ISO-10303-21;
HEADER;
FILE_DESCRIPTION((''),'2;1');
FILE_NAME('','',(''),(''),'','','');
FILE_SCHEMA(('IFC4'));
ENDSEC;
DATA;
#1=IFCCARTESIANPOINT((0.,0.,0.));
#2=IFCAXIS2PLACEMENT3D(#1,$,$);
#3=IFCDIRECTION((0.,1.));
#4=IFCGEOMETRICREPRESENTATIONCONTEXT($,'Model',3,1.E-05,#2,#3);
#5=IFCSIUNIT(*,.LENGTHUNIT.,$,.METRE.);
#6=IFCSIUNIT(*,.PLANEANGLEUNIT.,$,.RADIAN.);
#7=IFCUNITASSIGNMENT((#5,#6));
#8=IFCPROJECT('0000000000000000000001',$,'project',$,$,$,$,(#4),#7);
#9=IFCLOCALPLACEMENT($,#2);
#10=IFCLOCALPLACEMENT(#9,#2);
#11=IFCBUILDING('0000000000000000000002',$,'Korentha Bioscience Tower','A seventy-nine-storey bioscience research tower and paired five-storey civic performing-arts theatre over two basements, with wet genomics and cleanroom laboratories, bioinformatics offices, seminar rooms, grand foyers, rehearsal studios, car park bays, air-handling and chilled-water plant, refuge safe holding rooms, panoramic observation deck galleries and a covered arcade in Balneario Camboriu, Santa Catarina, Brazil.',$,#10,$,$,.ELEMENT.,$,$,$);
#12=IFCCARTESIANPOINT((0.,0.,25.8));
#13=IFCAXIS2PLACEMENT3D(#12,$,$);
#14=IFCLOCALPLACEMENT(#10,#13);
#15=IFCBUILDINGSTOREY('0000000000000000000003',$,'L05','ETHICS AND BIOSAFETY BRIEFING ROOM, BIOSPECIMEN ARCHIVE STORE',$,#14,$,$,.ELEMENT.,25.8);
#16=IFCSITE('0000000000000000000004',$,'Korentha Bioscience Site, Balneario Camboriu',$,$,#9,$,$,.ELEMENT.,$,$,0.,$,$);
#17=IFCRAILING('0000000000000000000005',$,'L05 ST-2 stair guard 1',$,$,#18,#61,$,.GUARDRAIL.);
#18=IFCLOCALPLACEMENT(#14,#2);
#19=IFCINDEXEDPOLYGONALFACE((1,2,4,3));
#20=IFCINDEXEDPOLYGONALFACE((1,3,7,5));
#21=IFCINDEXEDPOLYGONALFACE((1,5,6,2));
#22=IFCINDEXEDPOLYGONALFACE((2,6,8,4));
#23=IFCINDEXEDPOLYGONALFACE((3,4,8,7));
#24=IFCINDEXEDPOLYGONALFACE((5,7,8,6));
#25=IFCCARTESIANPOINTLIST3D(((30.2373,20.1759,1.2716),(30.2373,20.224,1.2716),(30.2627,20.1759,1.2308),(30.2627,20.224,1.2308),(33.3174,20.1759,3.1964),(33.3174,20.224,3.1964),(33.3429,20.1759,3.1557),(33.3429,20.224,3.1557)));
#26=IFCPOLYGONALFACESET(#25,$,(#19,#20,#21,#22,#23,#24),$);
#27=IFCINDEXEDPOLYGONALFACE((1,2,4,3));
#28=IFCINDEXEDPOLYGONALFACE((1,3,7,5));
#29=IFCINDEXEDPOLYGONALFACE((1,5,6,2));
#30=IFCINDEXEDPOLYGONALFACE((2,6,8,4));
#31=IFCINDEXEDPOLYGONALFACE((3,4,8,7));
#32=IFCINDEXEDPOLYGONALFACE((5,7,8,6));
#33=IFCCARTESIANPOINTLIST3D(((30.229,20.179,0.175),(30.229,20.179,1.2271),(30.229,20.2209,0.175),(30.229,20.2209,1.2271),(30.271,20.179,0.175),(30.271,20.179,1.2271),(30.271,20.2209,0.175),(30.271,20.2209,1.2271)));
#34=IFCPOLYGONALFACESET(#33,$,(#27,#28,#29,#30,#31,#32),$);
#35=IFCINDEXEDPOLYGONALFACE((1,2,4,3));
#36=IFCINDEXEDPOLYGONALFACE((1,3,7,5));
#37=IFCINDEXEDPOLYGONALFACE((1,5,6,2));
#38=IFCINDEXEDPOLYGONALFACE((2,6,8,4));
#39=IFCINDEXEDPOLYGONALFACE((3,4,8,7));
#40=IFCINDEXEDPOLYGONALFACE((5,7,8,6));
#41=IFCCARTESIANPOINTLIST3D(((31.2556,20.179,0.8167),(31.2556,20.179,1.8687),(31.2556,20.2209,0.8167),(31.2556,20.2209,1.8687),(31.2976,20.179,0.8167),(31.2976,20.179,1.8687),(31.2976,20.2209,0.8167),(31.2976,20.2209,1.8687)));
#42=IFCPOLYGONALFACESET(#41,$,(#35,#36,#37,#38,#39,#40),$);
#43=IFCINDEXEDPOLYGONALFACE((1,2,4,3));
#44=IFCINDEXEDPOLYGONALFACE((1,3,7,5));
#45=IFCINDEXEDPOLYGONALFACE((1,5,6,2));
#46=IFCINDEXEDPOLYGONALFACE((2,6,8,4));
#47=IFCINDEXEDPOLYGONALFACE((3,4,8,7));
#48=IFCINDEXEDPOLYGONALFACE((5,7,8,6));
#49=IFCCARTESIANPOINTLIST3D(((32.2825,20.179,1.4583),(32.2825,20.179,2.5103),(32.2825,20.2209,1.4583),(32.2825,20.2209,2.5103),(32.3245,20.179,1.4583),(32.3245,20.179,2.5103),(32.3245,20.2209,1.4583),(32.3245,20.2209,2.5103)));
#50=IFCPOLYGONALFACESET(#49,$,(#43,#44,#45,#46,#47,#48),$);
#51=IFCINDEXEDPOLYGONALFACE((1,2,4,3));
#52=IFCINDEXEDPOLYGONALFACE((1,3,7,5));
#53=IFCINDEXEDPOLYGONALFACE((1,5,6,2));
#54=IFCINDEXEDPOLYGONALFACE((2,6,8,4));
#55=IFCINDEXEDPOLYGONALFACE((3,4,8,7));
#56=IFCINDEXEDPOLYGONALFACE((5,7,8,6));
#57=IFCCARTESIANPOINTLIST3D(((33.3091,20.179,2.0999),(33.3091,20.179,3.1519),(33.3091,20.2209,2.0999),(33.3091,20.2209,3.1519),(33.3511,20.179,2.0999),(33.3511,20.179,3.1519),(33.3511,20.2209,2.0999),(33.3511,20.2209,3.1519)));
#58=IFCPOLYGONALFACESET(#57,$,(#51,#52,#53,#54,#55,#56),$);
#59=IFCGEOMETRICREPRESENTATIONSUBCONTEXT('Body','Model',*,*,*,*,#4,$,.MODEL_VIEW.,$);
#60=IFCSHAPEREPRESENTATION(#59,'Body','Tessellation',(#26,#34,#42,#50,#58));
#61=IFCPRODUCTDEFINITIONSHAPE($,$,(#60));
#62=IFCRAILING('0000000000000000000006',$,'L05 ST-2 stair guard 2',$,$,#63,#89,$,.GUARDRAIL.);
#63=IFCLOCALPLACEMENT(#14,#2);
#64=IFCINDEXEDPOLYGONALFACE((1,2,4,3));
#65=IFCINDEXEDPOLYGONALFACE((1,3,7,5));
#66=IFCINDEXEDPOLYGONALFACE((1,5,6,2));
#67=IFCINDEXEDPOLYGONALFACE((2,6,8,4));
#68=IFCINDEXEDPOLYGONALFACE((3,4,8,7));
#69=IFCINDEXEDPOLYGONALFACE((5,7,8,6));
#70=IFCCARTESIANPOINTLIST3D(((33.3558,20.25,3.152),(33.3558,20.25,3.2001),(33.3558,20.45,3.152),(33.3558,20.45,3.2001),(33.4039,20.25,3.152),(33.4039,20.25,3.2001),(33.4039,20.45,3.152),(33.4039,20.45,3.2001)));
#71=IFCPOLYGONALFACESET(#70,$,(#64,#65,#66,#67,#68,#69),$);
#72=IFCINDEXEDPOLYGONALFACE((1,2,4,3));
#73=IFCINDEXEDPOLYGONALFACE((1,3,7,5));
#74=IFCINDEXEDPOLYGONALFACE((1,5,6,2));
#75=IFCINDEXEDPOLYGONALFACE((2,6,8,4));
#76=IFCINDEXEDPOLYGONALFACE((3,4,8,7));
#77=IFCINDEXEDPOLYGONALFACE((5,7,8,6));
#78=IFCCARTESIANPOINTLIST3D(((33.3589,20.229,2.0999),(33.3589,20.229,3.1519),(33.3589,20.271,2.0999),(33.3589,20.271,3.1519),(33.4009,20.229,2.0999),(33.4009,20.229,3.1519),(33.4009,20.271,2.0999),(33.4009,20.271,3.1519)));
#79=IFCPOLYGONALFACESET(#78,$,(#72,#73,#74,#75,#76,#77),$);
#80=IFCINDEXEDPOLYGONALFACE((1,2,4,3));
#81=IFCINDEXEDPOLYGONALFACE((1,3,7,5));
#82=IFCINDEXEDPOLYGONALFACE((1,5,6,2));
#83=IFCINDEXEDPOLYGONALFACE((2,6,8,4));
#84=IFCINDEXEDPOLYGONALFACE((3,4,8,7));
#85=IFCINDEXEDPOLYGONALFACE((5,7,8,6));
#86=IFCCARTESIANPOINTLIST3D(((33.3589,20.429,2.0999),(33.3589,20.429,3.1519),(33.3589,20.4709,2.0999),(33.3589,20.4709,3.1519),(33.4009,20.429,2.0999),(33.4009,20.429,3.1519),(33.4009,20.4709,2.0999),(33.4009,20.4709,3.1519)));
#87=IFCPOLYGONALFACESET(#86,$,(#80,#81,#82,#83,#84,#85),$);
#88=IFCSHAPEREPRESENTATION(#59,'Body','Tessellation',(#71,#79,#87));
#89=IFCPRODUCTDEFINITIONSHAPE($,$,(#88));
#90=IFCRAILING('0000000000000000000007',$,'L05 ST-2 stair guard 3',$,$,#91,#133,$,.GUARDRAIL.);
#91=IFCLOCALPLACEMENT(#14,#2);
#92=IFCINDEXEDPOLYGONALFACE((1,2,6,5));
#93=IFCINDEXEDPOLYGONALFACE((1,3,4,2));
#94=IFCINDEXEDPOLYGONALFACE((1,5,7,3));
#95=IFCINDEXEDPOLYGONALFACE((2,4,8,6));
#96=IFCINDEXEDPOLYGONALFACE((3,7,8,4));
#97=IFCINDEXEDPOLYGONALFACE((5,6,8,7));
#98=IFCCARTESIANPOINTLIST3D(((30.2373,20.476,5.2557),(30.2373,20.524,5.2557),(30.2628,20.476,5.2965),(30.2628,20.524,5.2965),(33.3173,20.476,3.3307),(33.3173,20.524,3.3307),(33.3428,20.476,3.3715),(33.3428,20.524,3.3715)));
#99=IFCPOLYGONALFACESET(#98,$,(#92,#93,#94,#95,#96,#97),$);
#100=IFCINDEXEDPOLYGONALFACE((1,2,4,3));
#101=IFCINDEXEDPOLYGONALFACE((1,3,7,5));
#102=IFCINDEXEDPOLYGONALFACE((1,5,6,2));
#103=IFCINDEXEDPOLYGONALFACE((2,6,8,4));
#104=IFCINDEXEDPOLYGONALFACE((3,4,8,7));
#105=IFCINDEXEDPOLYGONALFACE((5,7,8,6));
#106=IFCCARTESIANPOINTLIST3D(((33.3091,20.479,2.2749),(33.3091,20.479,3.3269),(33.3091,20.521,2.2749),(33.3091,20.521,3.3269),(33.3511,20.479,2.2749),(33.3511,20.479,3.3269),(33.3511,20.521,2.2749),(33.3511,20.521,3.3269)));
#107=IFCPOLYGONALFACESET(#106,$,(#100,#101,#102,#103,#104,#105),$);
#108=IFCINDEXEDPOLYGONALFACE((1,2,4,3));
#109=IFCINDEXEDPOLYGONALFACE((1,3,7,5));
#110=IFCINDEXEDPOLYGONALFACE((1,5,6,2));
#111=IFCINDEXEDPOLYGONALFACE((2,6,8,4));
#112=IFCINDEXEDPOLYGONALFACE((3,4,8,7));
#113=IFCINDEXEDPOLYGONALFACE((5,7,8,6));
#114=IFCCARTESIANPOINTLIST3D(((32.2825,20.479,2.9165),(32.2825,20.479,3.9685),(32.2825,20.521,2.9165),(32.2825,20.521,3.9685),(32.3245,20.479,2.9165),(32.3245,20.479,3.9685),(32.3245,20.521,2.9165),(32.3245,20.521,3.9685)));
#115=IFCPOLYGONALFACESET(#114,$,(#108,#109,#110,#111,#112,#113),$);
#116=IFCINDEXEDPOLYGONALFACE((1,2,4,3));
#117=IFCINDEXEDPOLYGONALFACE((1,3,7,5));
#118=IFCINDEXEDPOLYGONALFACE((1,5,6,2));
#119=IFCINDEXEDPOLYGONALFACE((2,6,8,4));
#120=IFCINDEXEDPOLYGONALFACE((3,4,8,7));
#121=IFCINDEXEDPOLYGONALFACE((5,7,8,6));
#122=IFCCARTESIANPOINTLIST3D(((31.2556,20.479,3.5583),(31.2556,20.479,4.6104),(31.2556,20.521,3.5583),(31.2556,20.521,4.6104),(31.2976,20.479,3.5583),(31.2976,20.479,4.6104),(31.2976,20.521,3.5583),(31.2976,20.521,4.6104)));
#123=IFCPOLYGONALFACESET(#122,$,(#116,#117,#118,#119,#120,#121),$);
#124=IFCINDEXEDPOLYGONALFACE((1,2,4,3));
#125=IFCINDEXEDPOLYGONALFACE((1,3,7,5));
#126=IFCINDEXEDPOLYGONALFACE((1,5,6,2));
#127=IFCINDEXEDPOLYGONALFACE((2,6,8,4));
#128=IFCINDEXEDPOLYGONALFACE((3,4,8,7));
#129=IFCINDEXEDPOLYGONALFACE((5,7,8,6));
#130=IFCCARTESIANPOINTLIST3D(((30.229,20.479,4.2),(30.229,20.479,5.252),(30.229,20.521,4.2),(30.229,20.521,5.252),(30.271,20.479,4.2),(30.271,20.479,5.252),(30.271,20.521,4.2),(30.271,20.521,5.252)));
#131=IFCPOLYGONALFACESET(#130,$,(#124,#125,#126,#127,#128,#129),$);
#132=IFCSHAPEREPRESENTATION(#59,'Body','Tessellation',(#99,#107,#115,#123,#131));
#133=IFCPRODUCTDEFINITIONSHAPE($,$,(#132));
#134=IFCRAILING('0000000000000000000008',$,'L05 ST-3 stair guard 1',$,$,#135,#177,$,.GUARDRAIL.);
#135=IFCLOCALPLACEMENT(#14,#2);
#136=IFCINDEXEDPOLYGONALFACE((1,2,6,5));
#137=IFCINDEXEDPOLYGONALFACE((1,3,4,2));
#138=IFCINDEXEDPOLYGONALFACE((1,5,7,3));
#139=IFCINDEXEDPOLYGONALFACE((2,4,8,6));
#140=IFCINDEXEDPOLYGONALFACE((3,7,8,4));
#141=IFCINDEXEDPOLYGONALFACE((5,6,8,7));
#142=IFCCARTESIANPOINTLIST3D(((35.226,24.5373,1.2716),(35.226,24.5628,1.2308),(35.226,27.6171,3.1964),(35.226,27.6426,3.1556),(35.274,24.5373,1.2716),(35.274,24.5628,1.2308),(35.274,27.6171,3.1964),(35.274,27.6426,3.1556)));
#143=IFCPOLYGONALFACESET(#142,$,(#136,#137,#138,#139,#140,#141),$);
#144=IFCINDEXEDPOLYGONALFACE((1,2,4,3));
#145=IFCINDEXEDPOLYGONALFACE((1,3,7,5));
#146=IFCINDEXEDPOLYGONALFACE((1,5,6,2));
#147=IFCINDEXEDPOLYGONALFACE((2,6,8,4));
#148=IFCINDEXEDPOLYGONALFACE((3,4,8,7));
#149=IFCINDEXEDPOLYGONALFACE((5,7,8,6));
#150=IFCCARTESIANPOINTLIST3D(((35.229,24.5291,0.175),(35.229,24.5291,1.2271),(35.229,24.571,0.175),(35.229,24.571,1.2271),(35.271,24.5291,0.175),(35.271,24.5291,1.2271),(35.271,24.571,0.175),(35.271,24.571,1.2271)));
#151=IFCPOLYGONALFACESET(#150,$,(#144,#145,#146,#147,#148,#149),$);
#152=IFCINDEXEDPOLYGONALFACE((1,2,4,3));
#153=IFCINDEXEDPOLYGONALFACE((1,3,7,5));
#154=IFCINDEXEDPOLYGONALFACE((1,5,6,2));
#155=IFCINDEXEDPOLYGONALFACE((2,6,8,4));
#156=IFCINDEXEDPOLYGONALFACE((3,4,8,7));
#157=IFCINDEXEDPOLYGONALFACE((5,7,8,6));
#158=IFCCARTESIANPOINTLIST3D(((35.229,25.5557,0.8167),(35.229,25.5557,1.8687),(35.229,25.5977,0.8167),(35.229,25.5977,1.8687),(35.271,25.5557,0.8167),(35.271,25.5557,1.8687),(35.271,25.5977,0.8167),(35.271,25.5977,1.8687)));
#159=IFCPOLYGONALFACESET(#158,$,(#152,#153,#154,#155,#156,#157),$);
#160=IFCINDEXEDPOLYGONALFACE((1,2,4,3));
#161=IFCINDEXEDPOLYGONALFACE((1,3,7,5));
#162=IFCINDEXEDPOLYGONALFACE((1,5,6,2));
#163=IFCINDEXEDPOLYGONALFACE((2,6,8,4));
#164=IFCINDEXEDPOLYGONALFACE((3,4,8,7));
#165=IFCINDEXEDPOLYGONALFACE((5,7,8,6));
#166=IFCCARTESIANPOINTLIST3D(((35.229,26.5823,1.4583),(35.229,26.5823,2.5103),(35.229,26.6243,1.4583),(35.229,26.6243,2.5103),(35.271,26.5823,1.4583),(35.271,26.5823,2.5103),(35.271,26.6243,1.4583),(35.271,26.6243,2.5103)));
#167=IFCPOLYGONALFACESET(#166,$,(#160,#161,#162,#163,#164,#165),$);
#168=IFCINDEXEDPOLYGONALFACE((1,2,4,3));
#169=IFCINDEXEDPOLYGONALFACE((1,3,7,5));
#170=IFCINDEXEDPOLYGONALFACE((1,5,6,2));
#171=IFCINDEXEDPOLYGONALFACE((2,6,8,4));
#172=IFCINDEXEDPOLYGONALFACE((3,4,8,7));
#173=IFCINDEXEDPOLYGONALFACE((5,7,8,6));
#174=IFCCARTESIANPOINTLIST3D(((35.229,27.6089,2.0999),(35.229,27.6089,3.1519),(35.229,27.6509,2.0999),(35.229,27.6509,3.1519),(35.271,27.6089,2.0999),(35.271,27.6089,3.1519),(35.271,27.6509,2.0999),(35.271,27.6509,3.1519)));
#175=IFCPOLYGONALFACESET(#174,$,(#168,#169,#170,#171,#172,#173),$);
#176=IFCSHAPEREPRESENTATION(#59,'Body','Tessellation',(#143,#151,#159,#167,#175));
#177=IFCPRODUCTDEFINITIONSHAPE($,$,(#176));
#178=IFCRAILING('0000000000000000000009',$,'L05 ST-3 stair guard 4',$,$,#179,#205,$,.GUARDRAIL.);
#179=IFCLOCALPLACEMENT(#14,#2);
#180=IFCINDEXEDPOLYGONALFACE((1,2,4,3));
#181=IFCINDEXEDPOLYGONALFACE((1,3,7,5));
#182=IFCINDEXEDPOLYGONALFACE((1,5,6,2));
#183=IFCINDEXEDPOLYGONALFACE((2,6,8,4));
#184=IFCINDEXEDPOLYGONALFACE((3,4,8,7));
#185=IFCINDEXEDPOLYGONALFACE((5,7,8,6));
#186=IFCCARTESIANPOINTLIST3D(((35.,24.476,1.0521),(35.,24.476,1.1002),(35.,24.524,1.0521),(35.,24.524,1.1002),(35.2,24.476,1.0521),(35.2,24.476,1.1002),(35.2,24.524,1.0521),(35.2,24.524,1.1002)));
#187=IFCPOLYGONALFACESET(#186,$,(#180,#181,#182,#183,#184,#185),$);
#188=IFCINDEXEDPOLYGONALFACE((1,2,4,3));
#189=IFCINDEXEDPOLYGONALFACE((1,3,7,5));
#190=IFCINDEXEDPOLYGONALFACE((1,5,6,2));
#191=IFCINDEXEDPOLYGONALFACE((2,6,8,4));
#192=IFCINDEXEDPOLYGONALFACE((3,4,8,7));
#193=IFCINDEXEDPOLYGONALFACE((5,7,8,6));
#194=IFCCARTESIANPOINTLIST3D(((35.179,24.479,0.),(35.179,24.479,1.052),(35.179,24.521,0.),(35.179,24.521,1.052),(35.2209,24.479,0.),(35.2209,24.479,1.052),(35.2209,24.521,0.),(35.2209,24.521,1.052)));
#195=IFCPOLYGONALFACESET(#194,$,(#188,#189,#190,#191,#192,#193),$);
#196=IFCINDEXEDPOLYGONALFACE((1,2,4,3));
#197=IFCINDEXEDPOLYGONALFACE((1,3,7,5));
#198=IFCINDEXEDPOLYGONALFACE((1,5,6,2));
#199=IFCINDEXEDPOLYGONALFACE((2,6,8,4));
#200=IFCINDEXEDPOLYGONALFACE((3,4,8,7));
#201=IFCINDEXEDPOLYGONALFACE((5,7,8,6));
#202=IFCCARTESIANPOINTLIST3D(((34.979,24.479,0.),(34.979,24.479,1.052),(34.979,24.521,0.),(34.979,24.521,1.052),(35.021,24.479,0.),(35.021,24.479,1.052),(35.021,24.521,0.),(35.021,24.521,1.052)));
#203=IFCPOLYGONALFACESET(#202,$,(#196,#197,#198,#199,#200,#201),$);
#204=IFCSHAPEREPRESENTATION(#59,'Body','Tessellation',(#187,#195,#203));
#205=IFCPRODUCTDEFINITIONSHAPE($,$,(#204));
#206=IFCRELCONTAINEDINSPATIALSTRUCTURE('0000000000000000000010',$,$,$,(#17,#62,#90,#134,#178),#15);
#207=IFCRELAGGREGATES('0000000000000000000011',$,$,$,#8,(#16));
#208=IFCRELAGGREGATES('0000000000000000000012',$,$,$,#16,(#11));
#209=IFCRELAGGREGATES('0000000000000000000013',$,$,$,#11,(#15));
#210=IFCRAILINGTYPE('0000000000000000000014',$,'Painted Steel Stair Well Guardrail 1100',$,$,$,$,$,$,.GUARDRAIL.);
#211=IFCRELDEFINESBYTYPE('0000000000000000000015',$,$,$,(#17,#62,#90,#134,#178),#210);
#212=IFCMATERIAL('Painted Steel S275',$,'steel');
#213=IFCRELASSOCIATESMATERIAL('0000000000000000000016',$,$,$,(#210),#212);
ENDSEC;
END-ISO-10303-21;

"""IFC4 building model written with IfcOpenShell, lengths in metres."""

from ifc_helpers import new_model, si_unit, direction, frame, origin, origin_2d, place, context, subcontext, project, spatial, rectangle, extrude, material, type_object, element, save


model = new_model("IFC4")

# Units and contexts
model_context = context("Model", 3, precision=1e-05, world=origin(), true_north=direction((0.0, 1.0)))
body_context = subcontext(model_context, "Body", "Model", "MODEL_VIEW")
ifc_project = project(units=[si_unit("LENGTHUNIT", "METRE"), si_unit("PLANEANGLEUNIT", "RADIAN")], contexts=[model_context])

# Site, building, storey
site_placement = place(None, origin())
site = spatial("IfcSite", under=ifc_project, at=site_placement, Name="Korentha Bioscience Site, Balneario Camboriu", CompositionType="ELEMENT", RefElevation=0.0)
building_placement = place(site_placement, origin())
building = spatial("IfcBuilding", under=site, at=building_placement, Name="Korentha Bioscience Tower", Description="A seventy-nine-storey bioscience research tower and paired five-storey civic performing-arts theatre over two basements, with wet genomics and cleanroom laboratories, bioinformatics offices, seminar rooms, grand foyers, rehearsal studios, car park bays, air-handling and chilled-water plant, refuge safe holding rooms, panoramic observation deck galleries and a covered arcade in Balneario Camboriu, Santa Catarina, Brazil.", CompositionType="ELEMENT")
storey_placement = place(building_placement, frame((0.0, 0.0, 25.8)))
storey = spatial("IfcBuildingStorey", under=building, at=storey_placement, Name="L05", Description="ETHICS AND BIOSAFETY BRIEFING ROOM, BIOSPECIMEN ARCHIVE STORE", CompositionType="ELEMENT", Elevation=25.8)

# Railings
ifc_material_1 = material(Name="Painted Steel S275", Category="steel")
railing_type_1 = type_object("IfcRailingType", Name="Painted Steel Stair Well Guardrail 1100", PredefinedType="GUARDRAIL", material=ifc_material_1)
railing_1_placement = place(storey_placement, frame((30.25, 20.2, 0.175)))
element("IfcRailing", 1, at=railing_1_placement, inside=storey, type_object=railing_type_1, Name="L05 ST-2 stair guard 1", PredefinedType="GUARDRAIL", context=body_context, shape_type="SweptSolid", body=[
    extrude(rectangle(XDim=0.0481, YDim=0.0481, at=origin_2d()), frame((0.0, 0.0, 1.0762), z_axis=(0.848029, 0.0, 0.529951), x_axis=(0.0, 1.0, 0.0)), (0.0, 0.0, 1.0), 3.6321),
    extrude(rectangle(XDim=0.042, YDim=0.042, at=origin_2d()), origin(), (0.0, 0.0, 1.0), 1.052),
    extrude(rectangle(XDim=0.042, YDim=0.042, at=origin_2d()), frame((1.0266, 0.0, 0.6416)), (0.0, 0.0, 1.0), 1.052),
    extrude(rectangle(XDim=0.042, YDim=0.042, at=origin_2d()), frame((2.0535, 0.0, 1.2832)), (0.0, 0.0, 1.0), 1.052),
    extrude(rectangle(XDim=0.042, YDim=0.042, at=origin_2d()), frame((3.0801, 0.0, 1.9248)), (0.0, 0.0, 1.0), 1.052),
])
railing_2_placement = place(storey_placement, frame((33.3799, 20.25, 2.0999)))
element("IfcRailing", 2, at=railing_2_placement, inside=storey, type_object=railing_type_1, Name="L05 ST-2 stair guard 2", PredefinedType="GUARDRAIL", context=body_context, shape_type="SweptSolid", body=[
    extrude(rectangle(XDim=0.0481, YDim=0.0481, at=origin_2d()), frame((0.0, 0.0, 1.0762), z_axis=(0.0, 1.0, 0.0), x_axis=(-1.0, 0.0, 0.0)), (0.0, 0.0, 1.0), 0.2),
    extrude(rectangle(XDim=0.042, YDim=0.042, at=origin_2d()), origin(), (0.0, 0.0, 1.0), 1.052),
    extrude(rectangle(XDim=0.042, YDim=0.042, at=origin_2d()), frame((0.0, 0.2, 0.0)), (0.0, 0.0, 1.0), 1.052),
])
railing_3_placement = place(storey_placement, frame((33.3301, 20.5, 2.2749)))
element("IfcRailing", 3, at=railing_3_placement, inside=storey, type_object=railing_type_1, Name="L05 ST-2 stair guard 3", PredefinedType="GUARDRAIL", context=body_context, shape_type="SweptSolid", body=[
    extrude(rectangle(XDim=0.0481, YDim=0.0481, at=origin_2d()), frame((0.0, 0.0, 1.0762), z_axis=(-0.847998, 0.0, 0.529999), x_axis=(0.0, -1.0, 0.0)), (0.0, 0.0, 1.0), 3.6321),
    extrude(rectangle(XDim=0.042, YDim=0.042, at=origin_2d()), origin(), (0.0, 0.0, 1.0), 1.052),
    extrude(rectangle(XDim=0.042, YDim=0.042, at=origin_2d()), frame((-1.0266, 0.0, 0.6416)), (0.0, 0.0, 1.0), 1.052),
    extrude(rectangle(XDim=0.042, YDim=0.042, at=origin_2d()), frame((-2.0535, 0.0, 1.2834)), (0.0, 0.0, 1.0), 1.052),
    extrude(rectangle(XDim=0.042, YDim=0.042, at=origin_2d()), frame((-3.0801, 0.0, 1.925)), (0.0, 0.0, 1.0), 1.052),
])
railing_4_placement = place(storey_placement, frame((35.25, 24.55, 0.175)))
element("IfcRailing", 4, at=railing_4_placement, inside=storey, type_object=railing_type_1, Name="L05 ST-3 stair guard 1", PredefinedType="GUARDRAIL", context=body_context, shape_type="SweptSolid", body=[
    extrude(rectangle(XDim=0.0481, YDim=0.0481, at=origin_2d()), frame((0.0, 0.0, 1.0762), z_axis=(0.0, 0.84801, 0.529981), x_axis=(-1.0, 0.0, 0.0)), (0.0, 0.0, 1.0), 3.6318),
    extrude(rectangle(XDim=0.042, YDim=0.042, at=origin_2d()), origin(), (0.0, 0.0, 1.0), 1.052),
    extrude(rectangle(XDim=0.042, YDim=0.042, at=origin_2d()), frame((0.0, 1.0266, 0.6416)), (0.0, 0.0, 1.0), 1.052),
    extrude(rectangle(XDim=0.042, YDim=0.042, at=origin_2d()), frame((0.0, 2.0532, 1.2832)), (0.0, 0.0, 1.0), 1.052),
    extrude(rectangle(XDim=0.042, YDim=0.042, at=origin_2d()), frame((0.0, 3.0798, 1.9248)), (0.0, 0.0, 1.0), 1.052),
])
railing_5_placement = place(storey_placement, frame((35.2, 24.5, 0.0)))
element("IfcRailing", 5, at=railing_5_placement, inside=storey, type_object=railing_type_1, Name="L05 ST-3 stair guard 4", PredefinedType="GUARDRAIL", context=body_context, shape_type="SweptSolid", body=[
    extrude(rectangle(XDim=0.0481, YDim=0.0481, at=origin_2d()), frame((0.0, 0.0, 1.0762), z_axis=(-1.0, 0.0, 0.0), x_axis=(0.0, -1.0, 0.0)), (0.0, 0.0, 1.0), 0.2),
    extrude(rectangle(XDim=0.042, YDim=0.042, at=origin_2d()), origin(), (0.0, 0.0, 1.0), 1.052),
    extrude(rectangle(XDim=0.042, YDim=0.042, at=origin_2d()), frame((-0.2, 0.0, 0.0)), (0.0, 0.0, 1.0), 1.052),
])

save(model, "model.ifc")
